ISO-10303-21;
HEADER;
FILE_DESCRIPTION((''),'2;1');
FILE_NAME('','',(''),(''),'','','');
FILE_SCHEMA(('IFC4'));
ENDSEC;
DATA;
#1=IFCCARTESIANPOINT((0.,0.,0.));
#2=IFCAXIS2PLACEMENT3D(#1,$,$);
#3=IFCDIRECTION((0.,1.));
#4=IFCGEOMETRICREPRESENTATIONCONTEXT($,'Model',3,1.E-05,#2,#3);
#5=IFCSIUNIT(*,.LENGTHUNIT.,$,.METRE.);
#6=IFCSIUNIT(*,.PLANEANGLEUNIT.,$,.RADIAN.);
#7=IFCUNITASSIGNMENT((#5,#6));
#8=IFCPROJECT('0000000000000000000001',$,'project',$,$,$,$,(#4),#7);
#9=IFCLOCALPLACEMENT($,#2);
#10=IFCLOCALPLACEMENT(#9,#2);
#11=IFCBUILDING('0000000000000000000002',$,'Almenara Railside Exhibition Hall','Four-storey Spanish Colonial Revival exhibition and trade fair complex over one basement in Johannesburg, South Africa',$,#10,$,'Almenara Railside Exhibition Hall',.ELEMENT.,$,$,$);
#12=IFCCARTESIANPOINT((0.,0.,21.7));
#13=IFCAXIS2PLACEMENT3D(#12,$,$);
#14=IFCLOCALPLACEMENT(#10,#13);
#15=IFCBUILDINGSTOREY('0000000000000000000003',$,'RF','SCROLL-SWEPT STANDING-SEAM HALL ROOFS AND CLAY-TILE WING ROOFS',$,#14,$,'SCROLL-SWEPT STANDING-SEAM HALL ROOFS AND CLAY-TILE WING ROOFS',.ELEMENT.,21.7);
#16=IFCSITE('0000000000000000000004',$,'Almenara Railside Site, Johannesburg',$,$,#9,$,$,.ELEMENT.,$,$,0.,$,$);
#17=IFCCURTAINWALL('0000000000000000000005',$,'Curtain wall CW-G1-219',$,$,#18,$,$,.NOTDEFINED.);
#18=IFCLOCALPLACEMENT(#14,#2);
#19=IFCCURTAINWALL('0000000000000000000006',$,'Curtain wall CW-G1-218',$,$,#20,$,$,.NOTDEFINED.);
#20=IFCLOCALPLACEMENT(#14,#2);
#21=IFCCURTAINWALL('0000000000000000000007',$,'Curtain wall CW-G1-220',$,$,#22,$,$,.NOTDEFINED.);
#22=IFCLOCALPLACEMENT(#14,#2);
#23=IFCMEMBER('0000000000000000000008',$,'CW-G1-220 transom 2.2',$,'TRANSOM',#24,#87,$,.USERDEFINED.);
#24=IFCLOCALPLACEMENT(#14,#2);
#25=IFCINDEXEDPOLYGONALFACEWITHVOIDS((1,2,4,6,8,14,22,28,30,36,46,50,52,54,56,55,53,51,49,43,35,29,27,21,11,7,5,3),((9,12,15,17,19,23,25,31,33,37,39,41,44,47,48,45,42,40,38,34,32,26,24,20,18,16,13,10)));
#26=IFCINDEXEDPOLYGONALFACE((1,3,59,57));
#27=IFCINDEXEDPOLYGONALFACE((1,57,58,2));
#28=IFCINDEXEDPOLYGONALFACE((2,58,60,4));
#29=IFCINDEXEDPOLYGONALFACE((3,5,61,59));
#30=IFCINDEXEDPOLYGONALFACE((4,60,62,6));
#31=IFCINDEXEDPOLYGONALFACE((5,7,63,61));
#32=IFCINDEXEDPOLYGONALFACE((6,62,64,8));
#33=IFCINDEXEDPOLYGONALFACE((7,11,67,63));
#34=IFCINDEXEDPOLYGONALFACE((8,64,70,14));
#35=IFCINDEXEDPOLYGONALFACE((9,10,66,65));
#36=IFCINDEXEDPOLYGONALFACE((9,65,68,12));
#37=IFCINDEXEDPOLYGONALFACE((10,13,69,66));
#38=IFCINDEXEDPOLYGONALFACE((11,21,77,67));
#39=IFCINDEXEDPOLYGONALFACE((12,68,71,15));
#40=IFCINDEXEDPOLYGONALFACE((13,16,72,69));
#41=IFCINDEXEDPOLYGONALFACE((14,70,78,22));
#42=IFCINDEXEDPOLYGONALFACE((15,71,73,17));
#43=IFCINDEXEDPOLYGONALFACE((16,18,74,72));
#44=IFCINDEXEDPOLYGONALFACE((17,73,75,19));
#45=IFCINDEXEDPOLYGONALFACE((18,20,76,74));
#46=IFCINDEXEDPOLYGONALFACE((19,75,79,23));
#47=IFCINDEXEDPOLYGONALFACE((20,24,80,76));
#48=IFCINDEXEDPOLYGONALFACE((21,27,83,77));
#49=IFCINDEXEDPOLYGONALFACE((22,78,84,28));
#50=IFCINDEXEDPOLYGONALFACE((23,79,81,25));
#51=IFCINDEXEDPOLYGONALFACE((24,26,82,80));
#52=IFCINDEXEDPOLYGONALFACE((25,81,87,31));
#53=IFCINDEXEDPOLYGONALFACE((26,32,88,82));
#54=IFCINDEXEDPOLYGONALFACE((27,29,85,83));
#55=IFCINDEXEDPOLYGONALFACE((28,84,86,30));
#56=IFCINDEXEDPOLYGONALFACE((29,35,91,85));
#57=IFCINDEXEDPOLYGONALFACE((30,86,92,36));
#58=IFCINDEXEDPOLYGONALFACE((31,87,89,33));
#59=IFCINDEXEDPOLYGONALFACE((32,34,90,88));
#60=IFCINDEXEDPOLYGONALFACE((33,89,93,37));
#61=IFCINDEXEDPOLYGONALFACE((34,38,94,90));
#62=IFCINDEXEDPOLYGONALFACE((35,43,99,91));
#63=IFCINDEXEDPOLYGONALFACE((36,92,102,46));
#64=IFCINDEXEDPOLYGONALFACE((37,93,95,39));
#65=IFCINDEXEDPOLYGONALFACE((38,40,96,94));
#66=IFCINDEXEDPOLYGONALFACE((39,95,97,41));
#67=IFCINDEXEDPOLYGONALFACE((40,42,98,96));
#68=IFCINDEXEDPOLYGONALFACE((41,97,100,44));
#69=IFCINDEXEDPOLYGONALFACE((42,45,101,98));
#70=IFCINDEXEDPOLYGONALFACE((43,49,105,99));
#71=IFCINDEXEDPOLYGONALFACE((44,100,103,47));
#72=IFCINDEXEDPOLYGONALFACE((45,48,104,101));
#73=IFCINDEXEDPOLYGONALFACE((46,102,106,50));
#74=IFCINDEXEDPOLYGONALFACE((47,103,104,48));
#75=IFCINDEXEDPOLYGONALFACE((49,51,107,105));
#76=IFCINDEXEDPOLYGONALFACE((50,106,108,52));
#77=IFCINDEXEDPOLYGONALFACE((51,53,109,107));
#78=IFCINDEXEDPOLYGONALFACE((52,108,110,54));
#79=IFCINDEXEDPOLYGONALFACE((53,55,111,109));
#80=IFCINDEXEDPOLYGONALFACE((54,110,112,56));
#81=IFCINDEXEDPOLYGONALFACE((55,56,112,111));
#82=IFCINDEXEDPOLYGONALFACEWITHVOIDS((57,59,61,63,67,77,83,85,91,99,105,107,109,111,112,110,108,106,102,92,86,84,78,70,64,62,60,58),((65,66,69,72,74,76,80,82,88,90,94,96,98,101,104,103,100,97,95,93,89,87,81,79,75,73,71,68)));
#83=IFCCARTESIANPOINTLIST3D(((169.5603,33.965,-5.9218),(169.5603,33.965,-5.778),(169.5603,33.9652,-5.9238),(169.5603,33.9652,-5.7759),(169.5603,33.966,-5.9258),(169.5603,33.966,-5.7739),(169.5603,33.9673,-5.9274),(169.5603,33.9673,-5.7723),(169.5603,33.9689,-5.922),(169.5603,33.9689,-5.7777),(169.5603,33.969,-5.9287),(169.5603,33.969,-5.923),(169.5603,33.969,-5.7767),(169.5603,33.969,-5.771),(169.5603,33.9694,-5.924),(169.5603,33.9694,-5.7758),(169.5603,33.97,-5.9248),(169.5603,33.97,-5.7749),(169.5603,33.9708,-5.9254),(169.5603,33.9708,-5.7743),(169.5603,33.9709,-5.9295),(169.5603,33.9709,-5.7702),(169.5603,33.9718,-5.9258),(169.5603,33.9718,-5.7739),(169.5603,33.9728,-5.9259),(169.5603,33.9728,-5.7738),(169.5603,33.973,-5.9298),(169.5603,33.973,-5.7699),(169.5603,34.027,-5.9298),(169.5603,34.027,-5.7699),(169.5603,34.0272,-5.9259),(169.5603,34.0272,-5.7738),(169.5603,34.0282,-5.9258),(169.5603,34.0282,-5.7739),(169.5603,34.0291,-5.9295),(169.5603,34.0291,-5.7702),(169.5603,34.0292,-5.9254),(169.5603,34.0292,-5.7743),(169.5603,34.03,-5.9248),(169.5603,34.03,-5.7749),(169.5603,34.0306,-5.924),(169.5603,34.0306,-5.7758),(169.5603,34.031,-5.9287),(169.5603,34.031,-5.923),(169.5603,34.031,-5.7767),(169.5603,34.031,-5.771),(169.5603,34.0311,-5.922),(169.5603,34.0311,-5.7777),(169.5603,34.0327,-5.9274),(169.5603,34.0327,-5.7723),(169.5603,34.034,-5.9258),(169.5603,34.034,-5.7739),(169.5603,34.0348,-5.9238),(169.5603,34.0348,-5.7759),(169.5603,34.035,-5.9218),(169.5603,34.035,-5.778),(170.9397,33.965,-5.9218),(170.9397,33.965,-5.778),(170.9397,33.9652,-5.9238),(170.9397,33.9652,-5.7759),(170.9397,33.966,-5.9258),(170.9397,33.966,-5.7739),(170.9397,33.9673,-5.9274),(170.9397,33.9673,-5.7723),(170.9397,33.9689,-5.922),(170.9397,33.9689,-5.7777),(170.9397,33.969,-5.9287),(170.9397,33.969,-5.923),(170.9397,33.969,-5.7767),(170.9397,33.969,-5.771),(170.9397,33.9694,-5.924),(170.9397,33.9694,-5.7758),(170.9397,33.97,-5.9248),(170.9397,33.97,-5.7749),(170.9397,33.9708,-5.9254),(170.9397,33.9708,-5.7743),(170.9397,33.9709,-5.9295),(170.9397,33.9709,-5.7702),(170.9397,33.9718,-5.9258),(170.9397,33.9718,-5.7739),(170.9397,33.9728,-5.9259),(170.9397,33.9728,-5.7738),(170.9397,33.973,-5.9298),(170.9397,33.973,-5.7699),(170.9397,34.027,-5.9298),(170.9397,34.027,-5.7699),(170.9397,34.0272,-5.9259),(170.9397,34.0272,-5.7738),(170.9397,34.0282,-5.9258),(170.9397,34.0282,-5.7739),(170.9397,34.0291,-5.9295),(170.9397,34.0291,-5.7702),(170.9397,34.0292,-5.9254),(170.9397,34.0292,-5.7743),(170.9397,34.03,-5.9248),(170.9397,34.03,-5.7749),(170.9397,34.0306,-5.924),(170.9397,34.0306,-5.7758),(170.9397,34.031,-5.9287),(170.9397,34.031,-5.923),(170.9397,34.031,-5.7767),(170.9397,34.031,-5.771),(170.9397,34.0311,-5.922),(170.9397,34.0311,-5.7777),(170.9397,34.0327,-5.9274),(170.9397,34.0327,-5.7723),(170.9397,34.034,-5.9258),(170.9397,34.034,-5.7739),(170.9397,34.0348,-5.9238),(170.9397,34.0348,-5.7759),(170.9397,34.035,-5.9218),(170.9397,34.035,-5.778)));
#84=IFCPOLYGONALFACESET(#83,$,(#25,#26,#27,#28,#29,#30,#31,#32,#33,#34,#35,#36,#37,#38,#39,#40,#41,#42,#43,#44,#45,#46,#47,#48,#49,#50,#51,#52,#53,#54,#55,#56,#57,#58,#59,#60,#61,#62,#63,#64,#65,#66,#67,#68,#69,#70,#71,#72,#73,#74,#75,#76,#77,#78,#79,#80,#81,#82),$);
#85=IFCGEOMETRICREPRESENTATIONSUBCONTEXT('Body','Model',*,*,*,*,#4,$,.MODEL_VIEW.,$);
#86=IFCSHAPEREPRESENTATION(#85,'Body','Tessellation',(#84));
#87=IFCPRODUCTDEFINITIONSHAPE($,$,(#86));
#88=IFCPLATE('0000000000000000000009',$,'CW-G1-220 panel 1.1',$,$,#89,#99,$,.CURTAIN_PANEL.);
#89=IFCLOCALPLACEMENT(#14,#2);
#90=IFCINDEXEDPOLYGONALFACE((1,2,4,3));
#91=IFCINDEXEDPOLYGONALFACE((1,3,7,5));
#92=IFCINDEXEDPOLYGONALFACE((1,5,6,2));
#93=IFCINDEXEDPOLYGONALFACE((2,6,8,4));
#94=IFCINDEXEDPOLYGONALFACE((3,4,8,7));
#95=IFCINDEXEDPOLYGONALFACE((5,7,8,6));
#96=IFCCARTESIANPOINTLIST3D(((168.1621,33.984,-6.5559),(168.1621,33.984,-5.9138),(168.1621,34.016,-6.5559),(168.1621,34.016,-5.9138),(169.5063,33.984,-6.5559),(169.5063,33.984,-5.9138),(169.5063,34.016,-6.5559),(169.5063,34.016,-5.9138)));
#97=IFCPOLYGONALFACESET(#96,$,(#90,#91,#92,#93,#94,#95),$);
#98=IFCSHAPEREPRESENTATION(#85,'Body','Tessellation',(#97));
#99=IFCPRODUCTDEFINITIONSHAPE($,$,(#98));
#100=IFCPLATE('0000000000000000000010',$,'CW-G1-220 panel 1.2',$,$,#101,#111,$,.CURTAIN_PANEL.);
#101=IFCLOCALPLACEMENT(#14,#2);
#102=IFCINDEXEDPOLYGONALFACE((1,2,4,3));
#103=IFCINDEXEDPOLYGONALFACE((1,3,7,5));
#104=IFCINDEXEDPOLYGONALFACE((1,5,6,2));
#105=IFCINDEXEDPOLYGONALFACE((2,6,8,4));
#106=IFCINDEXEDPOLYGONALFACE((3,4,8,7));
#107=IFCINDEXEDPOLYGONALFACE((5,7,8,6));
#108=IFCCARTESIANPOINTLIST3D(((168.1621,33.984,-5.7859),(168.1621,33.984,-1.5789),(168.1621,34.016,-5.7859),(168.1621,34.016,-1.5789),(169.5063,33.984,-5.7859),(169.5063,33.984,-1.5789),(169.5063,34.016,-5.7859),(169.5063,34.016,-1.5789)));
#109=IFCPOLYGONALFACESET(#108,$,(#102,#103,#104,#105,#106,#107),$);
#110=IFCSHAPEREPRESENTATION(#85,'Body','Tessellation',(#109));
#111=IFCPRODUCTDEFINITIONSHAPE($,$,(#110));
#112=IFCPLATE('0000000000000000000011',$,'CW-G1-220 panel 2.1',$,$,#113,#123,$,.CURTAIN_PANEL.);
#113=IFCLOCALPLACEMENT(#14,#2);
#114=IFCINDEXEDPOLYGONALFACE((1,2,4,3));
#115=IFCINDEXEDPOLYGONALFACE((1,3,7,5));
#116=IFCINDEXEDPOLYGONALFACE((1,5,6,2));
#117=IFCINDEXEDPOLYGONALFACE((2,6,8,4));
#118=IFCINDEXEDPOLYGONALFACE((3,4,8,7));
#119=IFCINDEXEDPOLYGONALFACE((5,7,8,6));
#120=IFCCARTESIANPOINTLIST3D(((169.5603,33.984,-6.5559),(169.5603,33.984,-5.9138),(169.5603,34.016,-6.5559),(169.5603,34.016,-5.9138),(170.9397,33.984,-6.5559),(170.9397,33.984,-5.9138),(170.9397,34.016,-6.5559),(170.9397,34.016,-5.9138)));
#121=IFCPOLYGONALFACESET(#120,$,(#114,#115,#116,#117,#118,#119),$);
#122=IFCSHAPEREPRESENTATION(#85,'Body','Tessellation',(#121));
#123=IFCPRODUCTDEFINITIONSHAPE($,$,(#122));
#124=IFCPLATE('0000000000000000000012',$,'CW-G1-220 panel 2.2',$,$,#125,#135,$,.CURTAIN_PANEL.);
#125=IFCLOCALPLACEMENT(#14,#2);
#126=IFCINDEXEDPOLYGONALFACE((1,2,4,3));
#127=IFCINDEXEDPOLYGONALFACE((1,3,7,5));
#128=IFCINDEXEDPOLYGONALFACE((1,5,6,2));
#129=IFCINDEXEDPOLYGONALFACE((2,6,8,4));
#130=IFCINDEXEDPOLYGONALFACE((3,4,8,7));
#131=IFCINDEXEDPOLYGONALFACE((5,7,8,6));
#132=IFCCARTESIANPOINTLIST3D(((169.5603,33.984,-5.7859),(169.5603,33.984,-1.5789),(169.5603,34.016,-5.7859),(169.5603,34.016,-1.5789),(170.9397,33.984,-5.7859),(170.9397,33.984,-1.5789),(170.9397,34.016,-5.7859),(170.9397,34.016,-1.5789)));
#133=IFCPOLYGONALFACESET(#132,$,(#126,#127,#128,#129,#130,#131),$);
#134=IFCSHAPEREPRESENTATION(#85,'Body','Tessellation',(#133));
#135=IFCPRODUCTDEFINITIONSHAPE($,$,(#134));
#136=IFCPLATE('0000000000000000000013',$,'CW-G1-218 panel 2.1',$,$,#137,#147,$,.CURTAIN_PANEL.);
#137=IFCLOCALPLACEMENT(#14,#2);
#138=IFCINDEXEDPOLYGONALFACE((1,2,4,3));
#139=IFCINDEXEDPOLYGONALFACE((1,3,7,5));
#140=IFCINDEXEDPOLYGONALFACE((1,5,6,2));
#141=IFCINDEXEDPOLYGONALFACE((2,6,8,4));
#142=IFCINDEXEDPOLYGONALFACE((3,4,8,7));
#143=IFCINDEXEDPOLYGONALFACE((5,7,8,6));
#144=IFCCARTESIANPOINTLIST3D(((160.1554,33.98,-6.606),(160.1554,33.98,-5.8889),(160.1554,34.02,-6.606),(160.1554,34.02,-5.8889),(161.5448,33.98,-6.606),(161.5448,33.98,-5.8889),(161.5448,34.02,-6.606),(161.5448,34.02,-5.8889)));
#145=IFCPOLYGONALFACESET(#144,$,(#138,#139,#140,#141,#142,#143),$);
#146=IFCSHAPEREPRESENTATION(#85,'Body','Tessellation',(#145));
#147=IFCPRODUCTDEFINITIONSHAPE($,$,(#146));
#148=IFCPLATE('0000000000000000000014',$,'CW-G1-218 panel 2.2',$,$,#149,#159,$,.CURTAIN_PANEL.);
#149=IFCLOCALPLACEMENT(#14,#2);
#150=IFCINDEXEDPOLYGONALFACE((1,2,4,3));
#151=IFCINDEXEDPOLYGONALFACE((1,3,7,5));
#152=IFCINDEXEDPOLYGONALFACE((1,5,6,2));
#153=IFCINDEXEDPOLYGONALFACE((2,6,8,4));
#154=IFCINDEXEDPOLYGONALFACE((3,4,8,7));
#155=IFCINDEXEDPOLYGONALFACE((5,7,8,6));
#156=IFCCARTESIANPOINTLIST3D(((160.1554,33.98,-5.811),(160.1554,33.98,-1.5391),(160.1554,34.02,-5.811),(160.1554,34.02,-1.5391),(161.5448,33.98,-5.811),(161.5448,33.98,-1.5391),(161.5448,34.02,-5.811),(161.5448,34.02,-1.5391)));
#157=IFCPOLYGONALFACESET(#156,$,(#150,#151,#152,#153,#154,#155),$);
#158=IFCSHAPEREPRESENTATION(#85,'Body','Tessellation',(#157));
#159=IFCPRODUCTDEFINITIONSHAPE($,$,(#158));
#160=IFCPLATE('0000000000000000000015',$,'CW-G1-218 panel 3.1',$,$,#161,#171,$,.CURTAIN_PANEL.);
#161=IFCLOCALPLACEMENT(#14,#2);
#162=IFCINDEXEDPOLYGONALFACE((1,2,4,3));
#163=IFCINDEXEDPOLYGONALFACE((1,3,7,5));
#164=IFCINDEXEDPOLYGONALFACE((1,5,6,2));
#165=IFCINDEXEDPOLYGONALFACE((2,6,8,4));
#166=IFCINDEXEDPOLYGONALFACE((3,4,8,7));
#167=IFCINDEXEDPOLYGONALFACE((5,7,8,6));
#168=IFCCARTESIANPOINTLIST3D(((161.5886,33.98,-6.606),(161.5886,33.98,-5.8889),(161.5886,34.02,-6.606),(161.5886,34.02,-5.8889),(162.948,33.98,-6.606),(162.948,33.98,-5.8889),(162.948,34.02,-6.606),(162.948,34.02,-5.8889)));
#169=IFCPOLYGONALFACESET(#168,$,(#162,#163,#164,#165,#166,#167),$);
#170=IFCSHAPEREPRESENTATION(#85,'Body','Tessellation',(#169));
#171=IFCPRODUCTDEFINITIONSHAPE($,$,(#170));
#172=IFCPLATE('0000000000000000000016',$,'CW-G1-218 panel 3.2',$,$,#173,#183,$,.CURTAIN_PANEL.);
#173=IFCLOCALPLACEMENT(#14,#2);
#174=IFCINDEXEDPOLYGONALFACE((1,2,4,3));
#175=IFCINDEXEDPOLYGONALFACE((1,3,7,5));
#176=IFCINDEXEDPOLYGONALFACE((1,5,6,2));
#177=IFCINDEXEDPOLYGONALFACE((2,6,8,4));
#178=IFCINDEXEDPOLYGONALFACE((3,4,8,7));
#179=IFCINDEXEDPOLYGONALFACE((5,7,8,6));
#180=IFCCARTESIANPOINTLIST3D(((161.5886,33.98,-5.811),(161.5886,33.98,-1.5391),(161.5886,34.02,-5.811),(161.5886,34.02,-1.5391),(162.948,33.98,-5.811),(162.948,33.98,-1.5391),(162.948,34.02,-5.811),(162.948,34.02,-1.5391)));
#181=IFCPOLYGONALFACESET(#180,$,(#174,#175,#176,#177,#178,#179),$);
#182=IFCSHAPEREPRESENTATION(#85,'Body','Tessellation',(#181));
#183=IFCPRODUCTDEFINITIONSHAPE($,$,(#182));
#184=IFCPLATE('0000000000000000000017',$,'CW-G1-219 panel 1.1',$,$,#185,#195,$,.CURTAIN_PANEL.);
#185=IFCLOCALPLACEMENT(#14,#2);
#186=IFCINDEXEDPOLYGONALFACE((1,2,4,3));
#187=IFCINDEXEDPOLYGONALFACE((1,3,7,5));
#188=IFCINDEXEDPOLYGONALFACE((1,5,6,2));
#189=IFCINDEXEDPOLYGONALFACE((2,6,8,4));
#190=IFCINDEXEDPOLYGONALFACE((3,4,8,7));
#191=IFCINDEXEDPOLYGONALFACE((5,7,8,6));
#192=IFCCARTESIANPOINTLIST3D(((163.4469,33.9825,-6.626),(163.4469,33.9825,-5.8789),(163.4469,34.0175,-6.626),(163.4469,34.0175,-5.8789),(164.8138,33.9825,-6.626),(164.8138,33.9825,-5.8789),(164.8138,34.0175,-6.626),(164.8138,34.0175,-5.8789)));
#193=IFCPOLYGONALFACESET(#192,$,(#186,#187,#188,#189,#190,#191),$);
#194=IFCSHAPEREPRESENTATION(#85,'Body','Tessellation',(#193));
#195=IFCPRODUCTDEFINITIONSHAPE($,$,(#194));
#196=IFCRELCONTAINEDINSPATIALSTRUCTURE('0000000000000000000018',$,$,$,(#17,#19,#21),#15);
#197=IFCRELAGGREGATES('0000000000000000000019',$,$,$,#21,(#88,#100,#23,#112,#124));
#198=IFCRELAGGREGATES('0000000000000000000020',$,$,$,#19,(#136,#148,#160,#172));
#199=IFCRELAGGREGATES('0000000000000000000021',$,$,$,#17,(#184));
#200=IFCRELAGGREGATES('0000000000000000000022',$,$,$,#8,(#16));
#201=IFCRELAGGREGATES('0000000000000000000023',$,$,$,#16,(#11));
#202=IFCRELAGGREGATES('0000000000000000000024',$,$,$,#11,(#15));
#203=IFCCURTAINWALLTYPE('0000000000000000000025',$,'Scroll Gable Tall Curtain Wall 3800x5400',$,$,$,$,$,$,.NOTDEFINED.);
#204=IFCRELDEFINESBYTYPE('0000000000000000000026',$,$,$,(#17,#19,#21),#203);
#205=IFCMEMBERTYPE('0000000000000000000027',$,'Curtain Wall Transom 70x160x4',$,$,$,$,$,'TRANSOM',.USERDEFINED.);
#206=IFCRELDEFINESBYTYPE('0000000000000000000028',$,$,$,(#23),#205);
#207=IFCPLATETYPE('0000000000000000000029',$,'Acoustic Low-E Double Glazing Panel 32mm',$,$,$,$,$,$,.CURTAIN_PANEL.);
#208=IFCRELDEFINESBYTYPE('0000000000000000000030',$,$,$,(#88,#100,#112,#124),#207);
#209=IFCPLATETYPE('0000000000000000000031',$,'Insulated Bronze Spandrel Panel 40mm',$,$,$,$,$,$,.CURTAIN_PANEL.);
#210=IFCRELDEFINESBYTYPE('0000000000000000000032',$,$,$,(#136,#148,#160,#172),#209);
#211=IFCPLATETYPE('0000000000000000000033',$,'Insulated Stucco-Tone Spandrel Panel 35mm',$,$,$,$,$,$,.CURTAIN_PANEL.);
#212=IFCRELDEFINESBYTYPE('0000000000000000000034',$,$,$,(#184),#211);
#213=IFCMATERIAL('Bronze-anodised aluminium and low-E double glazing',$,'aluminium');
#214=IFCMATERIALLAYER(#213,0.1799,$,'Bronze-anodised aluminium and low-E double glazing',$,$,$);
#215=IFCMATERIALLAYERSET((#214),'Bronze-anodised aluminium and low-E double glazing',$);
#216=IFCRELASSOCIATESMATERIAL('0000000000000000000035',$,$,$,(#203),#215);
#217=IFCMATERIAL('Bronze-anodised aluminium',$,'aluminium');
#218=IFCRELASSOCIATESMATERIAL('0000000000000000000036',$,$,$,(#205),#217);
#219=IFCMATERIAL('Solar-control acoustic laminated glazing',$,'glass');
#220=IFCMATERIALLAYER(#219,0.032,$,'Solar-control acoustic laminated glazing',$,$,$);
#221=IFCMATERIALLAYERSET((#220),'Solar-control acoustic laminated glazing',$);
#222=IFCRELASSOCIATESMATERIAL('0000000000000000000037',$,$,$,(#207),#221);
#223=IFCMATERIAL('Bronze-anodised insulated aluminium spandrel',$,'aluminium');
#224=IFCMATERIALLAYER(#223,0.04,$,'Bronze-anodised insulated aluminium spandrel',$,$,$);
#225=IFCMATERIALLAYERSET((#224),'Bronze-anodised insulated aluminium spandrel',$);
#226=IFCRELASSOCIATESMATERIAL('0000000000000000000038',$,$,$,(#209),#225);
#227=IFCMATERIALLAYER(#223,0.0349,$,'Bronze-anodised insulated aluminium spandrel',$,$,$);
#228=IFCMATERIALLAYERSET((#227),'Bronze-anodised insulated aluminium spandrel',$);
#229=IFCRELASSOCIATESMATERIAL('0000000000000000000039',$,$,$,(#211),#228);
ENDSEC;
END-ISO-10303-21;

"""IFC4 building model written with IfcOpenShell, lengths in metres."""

from ifc_helpers import new_model, si_unit, direction, frame, origin, origin_2d, place, context, subcontext, project, spatial, rectangle, hollow_rectangle, extrude, material, layer, layer_set, material_profile, profile_set, type_object, element, aggregate, save


model = new_model("IFC4")

# Units and contexts
model_context = context("Model", 3, precision=1e-05, world=origin(), true_north=direction((0.0, 1.0)))
body_context = subcontext(model_context, "Body", "Model", "MODEL_VIEW")
ifc_project = project(units=[si_unit("LENGTHUNIT", "METRE"), si_unit("PLANEANGLEUNIT", "RADIAN")], contexts=[model_context])

# Site, building, storey
site_placement = place(None, origin())
site = spatial("IfcSite", under=ifc_project, at=site_placement, Name="Almenara Railside Site, Johannesburg", CompositionType="ELEMENT", RefElevation=0.0)
building_placement = place(site_placement, origin())
building = spatial("IfcBuilding", under=site, at=building_placement, Name="Almenara Railside Exhibition Hall", Description="Four-storey Spanish Colonial Revival exhibition and trade fair complex over one basement in Johannesburg, South Africa", LongName="Almenara Railside Exhibition Hall", CompositionType="ELEMENT")
storey_placement = place(building_placement, frame((0.0, 0.0, 21.7)))
storey = spatial("IfcBuildingStorey", under=building, at=storey_placement, Name="RF", Description="SCROLL-SWEPT STANDING-SEAM HALL ROOFS AND CLAY-TILE WING ROOFS", LongName="SCROLL-SWEPT STANDING-SEAM HALL ROOFS AND CLAY-TILE WING ROOFS", CompositionType="ELEMENT", Elevation=21.7)

# Curtain walls
ifc_material_1 = material(Name="Bronze-anodised aluminium and low-E double glazing", Category="aluminium")
ifc_layer_1 = layer(ifc_material_1, 0.1799, Name="Bronze-anodised aluminium and low-E double glazing")
ifc_layer_set_1 = layer_set([ifc_layer_1], Name="Bronze-anodised aluminium and low-E double glazing")
curtain_wall_type = type_object("IfcCurtainWallType", Name="Scroll Gable Tall Curtain Wall 3800x5400", PredefinedType="NOTDEFINED", material=ifc_layer_set_1)
curtain_wall_1_placement = place(storey_placement, origin())
curtain_wall_1 = element("IfcCurtainWall", 1, at=curtain_wall_1_placement, inside=storey, type_object=curtain_wall_type, Name="Curtain wall CW-G1-219", PredefinedType="NOTDEFINED")
ifc_material_2 = material(Name="Bronze-anodised aluminium", Category="aluminium")
curtain_wall_2_placement = place(storey_placement, origin())
curtain_wall_2 = element("IfcCurtainWall", 2, at=curtain_wall_2_placement, inside=storey, type_object=curtain_wall_type, Name="Curtain wall CW-G1-218", PredefinedType="NOTDEFINED")
curtain_wall_3_placement = place(storey_placement, origin())
curtain_wall_3 = element("IfcCurtainWall", 3, at=curtain_wall_3_placement, inside=storey, type_object=curtain_wall_type, Name="Curtain wall CW-G1-220", PredefinedType="NOTDEFINED")

# Member
ifc_material_profile_1 = material_profile(ifc_material_2, hollow_rectangle(XDim=0.0701, YDim=0.1599, WallThickness=0.0039, InnerFilletRadius=0.0039, OuterFilletRadius=0.0081, at=origin_2d()), Name="ALU-TRN 70x160x4")
ifc_profile_set_1 = profile_set([ifc_material_profile_1], Name="Bronze-anodised aluminium")
member_type_1 = type_object("IfcMemberType", Name="Curtain Wall Transom 70x160x4", ElementType="TRANSOM", PredefinedType="USERDEFINED", material=ifc_profile_set_1)
member_1_placement = place(storey_placement, frame((169.5603, 34.0, -5.8499), z_axis=(1.0, 0.0, 0.0), x_axis=(0.0, 1.0, 0.0)))
member_1 = element("IfcMember", 4, at=member_1_placement, type_object=member_type_1, Name="CW-G1-220 transom 2.2", ObjectType="TRANSOM", PredefinedType="USERDEFINED", context=body_context, shape_type="SweptSolid", body=[
    extrude(hollow_rectangle(XDim=0.0701, YDim=0.1599, WallThickness=0.0039, InnerFilletRadius=0.0039, OuterFilletRadius=0.0081, at=origin_2d()), origin(), (0.0, 0.0, 1.0), 1.3794),
])

# Plates
ifc_material_3 = material(Name="Solar-control acoustic laminated glazing", Category="glass")
ifc_layer_2 = layer(ifc_material_3, 0.032, Name="Solar-control acoustic laminated glazing")
ifc_layer_set_2 = layer_set([ifc_layer_2], Name="Solar-control acoustic laminated glazing")
plate_type_1 = type_object("IfcPlateType", Name="Acoustic Low-E Double Glazing Panel 32mm", PredefinedType="CURTAIN_PANEL", material=ifc_layer_set_2)
plate_1_placement = place(storey_placement, frame((168.8342, 34.0, -6.5559), z_axis=(0.0, 0.0, 1.0), x_axis=(1.0, 0.0, 0.0)))
plate_1 = element("IfcPlate", 5, at=plate_1_placement, type_object=plate_type_1, Name="CW-G1-220 panel 1.1", PredefinedType="CURTAIN_PANEL", context=body_context, shape_type="SweptSolid", body=[
    extrude(rectangle(XDim=1.3442, YDim=0.032, at=origin_2d()), origin(), (0.0, 0.0, 1.0), 0.6421),
])
plate_2_placement = place(storey_placement, frame((168.8342, 34.0, -5.7859), z_axis=(0.0, 0.0, 1.0), x_axis=(1.0, 0.0, 0.0)))
plate_2 = element("IfcPlate", 6, at=plate_2_placement, type_object=plate_type_1, Name="CW-G1-220 panel 1.2", PredefinedType="CURTAIN_PANEL", context=body_context, shape_type="SweptSolid", body=[
    extrude(rectangle(XDim=1.3442, YDim=0.032, at=origin_2d()), origin(), (0.0, 0.0, 1.0), 4.207),
])
plate_3_placement = place(storey_placement, frame((170.25, 34.0, -6.5559), z_axis=(0.0, 0.0, 1.0), x_axis=(1.0, 0.0, 0.0)))
plate_3 = element("IfcPlate", 7, at=plate_3_placement, type_object=plate_type_1, Name="CW-G1-220 panel 2.1", PredefinedType="CURTAIN_PANEL", context=body_context, shape_type="SweptSolid", body=[
    extrude(rectangle(XDim=1.3794, YDim=0.032, at=origin_2d()), origin(), (0.0, 0.0, 1.0), 0.6421),
])
plate_4_placement = place(storey_placement, frame((170.25, 34.0, -5.7859), z_axis=(0.0, 0.0, 1.0), x_axis=(1.0, 0.0, 0.0)))
plate_4 = element("IfcPlate", 8, at=plate_4_placement, type_object=plate_type_1, Name="CW-G1-220 panel 2.2", PredefinedType="CURTAIN_PANEL", context=body_context, shape_type="SweptSolid", body=[
    extrude(rectangle(XDim=1.3794, YDim=0.032, at=origin_2d()), origin(), (0.0, 0.0, 1.0), 4.207),
])
aggregate(curtain_wall_3, [plate_1, plate_2, member_1, plate_3, plate_4])
ifc_material_4 = material(Name="Bronze-anodised insulated aluminium spandrel", Category="aluminium")
ifc_layer_3 = layer(ifc_material_4, 0.04, Name="Bronze-anodised insulated aluminium spandrel")
ifc_layer_set_3 = layer_set([ifc_layer_3], Name="Bronze-anodised insulated aluminium spandrel")
plate_type_2 = type_object("IfcPlateType", Name="Insulated Bronze Spandrel Panel 40mm", PredefinedType="CURTAIN_PANEL", material=ifc_layer_set_3)
plate_5_placement = place(storey_placement, frame((160.8501, 34.0, -6.606), z_axis=(0.0, 0.0, 1.0), x_axis=(1.0, 0.0, 0.0)))
plate_5 = element("IfcPlate", 9, at=plate_5_placement, type_object=plate_type_2, Name="CW-G1-218 panel 2.1", PredefinedType="CURTAIN_PANEL", context=body_context, shape_type="SweptSolid", body=[
    extrude(rectangle(XDim=1.3894, YDim=0.04, at=origin_2d()), origin(), (0.0, 0.0, 1.0), 0.717),
])
plate_6_placement = place(storey_placement, frame((160.8501, 34.0, -5.811), z_axis=(0.0, 0.0, 1.0), x_axis=(1.0, 0.0, 0.0)))
plate_6 = element("IfcPlate", 10, at=plate_6_placement, type_object=plate_type_2, Name="CW-G1-218 panel 2.2", PredefinedType="CURTAIN_PANEL", context=body_context, shape_type="SweptSolid", body=[
    extrude(rectangle(XDim=1.3894, YDim=0.04, at=origin_2d()), origin(), (0.0, 0.0, 1.0), 4.272),
])
plate_7_placement = place(storey_placement, frame((162.2683, 34.0, -6.606), z_axis=(0.0, 0.0, 1.0), x_axis=(1.0, 0.0, 0.0)))
plate_7 = element("IfcPlate", 11, at=plate_7_placement, type_object=plate_type_2, Name="CW-G1-218 panel 3.1", PredefinedType="CURTAIN_PANEL", context=body_context, shape_type="SweptSolid", body=[
    extrude(rectangle(XDim=1.3594, YDim=0.04, at=origin_2d()), origin(), (0.0, 0.0, 1.0), 0.717),
])
plate_8_placement = place(storey_placement, frame((162.2683, 34.0, -5.811), z_axis=(0.0, 0.0, 1.0), x_axis=(1.0, 0.0, 0.0)))
plate_8 = element("IfcPlate", 12, at=plate_8_placement, type_object=plate_type_2, Name="CW-G1-218 panel 3.2", PredefinedType="CURTAIN_PANEL", context=body_context, shape_type="SweptSolid", body=[
    extrude(rectangle(XDim=1.3594, YDim=0.04, at=origin_2d()), origin(), (0.0, 0.0, 1.0), 4.272),
])
aggregate(curtain_wall_2, [plate_5, plate_6, plate_7, plate_8])
ifc_layer_4 = layer(ifc_material_4, 0.0349, Name="Bronze-anodised insulated aluminium spandrel")
ifc_layer_set_4 = layer_set([ifc_layer_4], Name="Bronze-anodised insulated aluminium spandrel")
plate_type_3 = type_object("IfcPlateType", Name="Insulated Stucco-Tone Spandrel Panel 35mm", PredefinedType="CURTAIN_PANEL", material=ifc_layer_set_4)
plate_9_placement = place(storey_placement, frame((164.1304, 34.0, -6.626), z_axis=(0.0, 0.0, 1.0), x_axis=(1.0, 0.0, 0.0)))
plate_9 = element("IfcPlate", 13, at=plate_9_placement, type_object=plate_type_3, Name="CW-G1-219 panel 1.1", PredefinedType="CURTAIN_PANEL", context=body_context, shape_type="SweptSolid", body=[
    extrude(rectangle(XDim=1.3669, YDim=0.0349, at=origin_2d()), origin(), (0.0, 0.0, 1.0), 0.7471),
])
aggregate(curtain_wall_1, [plate_9])

save(model, "model.ifc")
